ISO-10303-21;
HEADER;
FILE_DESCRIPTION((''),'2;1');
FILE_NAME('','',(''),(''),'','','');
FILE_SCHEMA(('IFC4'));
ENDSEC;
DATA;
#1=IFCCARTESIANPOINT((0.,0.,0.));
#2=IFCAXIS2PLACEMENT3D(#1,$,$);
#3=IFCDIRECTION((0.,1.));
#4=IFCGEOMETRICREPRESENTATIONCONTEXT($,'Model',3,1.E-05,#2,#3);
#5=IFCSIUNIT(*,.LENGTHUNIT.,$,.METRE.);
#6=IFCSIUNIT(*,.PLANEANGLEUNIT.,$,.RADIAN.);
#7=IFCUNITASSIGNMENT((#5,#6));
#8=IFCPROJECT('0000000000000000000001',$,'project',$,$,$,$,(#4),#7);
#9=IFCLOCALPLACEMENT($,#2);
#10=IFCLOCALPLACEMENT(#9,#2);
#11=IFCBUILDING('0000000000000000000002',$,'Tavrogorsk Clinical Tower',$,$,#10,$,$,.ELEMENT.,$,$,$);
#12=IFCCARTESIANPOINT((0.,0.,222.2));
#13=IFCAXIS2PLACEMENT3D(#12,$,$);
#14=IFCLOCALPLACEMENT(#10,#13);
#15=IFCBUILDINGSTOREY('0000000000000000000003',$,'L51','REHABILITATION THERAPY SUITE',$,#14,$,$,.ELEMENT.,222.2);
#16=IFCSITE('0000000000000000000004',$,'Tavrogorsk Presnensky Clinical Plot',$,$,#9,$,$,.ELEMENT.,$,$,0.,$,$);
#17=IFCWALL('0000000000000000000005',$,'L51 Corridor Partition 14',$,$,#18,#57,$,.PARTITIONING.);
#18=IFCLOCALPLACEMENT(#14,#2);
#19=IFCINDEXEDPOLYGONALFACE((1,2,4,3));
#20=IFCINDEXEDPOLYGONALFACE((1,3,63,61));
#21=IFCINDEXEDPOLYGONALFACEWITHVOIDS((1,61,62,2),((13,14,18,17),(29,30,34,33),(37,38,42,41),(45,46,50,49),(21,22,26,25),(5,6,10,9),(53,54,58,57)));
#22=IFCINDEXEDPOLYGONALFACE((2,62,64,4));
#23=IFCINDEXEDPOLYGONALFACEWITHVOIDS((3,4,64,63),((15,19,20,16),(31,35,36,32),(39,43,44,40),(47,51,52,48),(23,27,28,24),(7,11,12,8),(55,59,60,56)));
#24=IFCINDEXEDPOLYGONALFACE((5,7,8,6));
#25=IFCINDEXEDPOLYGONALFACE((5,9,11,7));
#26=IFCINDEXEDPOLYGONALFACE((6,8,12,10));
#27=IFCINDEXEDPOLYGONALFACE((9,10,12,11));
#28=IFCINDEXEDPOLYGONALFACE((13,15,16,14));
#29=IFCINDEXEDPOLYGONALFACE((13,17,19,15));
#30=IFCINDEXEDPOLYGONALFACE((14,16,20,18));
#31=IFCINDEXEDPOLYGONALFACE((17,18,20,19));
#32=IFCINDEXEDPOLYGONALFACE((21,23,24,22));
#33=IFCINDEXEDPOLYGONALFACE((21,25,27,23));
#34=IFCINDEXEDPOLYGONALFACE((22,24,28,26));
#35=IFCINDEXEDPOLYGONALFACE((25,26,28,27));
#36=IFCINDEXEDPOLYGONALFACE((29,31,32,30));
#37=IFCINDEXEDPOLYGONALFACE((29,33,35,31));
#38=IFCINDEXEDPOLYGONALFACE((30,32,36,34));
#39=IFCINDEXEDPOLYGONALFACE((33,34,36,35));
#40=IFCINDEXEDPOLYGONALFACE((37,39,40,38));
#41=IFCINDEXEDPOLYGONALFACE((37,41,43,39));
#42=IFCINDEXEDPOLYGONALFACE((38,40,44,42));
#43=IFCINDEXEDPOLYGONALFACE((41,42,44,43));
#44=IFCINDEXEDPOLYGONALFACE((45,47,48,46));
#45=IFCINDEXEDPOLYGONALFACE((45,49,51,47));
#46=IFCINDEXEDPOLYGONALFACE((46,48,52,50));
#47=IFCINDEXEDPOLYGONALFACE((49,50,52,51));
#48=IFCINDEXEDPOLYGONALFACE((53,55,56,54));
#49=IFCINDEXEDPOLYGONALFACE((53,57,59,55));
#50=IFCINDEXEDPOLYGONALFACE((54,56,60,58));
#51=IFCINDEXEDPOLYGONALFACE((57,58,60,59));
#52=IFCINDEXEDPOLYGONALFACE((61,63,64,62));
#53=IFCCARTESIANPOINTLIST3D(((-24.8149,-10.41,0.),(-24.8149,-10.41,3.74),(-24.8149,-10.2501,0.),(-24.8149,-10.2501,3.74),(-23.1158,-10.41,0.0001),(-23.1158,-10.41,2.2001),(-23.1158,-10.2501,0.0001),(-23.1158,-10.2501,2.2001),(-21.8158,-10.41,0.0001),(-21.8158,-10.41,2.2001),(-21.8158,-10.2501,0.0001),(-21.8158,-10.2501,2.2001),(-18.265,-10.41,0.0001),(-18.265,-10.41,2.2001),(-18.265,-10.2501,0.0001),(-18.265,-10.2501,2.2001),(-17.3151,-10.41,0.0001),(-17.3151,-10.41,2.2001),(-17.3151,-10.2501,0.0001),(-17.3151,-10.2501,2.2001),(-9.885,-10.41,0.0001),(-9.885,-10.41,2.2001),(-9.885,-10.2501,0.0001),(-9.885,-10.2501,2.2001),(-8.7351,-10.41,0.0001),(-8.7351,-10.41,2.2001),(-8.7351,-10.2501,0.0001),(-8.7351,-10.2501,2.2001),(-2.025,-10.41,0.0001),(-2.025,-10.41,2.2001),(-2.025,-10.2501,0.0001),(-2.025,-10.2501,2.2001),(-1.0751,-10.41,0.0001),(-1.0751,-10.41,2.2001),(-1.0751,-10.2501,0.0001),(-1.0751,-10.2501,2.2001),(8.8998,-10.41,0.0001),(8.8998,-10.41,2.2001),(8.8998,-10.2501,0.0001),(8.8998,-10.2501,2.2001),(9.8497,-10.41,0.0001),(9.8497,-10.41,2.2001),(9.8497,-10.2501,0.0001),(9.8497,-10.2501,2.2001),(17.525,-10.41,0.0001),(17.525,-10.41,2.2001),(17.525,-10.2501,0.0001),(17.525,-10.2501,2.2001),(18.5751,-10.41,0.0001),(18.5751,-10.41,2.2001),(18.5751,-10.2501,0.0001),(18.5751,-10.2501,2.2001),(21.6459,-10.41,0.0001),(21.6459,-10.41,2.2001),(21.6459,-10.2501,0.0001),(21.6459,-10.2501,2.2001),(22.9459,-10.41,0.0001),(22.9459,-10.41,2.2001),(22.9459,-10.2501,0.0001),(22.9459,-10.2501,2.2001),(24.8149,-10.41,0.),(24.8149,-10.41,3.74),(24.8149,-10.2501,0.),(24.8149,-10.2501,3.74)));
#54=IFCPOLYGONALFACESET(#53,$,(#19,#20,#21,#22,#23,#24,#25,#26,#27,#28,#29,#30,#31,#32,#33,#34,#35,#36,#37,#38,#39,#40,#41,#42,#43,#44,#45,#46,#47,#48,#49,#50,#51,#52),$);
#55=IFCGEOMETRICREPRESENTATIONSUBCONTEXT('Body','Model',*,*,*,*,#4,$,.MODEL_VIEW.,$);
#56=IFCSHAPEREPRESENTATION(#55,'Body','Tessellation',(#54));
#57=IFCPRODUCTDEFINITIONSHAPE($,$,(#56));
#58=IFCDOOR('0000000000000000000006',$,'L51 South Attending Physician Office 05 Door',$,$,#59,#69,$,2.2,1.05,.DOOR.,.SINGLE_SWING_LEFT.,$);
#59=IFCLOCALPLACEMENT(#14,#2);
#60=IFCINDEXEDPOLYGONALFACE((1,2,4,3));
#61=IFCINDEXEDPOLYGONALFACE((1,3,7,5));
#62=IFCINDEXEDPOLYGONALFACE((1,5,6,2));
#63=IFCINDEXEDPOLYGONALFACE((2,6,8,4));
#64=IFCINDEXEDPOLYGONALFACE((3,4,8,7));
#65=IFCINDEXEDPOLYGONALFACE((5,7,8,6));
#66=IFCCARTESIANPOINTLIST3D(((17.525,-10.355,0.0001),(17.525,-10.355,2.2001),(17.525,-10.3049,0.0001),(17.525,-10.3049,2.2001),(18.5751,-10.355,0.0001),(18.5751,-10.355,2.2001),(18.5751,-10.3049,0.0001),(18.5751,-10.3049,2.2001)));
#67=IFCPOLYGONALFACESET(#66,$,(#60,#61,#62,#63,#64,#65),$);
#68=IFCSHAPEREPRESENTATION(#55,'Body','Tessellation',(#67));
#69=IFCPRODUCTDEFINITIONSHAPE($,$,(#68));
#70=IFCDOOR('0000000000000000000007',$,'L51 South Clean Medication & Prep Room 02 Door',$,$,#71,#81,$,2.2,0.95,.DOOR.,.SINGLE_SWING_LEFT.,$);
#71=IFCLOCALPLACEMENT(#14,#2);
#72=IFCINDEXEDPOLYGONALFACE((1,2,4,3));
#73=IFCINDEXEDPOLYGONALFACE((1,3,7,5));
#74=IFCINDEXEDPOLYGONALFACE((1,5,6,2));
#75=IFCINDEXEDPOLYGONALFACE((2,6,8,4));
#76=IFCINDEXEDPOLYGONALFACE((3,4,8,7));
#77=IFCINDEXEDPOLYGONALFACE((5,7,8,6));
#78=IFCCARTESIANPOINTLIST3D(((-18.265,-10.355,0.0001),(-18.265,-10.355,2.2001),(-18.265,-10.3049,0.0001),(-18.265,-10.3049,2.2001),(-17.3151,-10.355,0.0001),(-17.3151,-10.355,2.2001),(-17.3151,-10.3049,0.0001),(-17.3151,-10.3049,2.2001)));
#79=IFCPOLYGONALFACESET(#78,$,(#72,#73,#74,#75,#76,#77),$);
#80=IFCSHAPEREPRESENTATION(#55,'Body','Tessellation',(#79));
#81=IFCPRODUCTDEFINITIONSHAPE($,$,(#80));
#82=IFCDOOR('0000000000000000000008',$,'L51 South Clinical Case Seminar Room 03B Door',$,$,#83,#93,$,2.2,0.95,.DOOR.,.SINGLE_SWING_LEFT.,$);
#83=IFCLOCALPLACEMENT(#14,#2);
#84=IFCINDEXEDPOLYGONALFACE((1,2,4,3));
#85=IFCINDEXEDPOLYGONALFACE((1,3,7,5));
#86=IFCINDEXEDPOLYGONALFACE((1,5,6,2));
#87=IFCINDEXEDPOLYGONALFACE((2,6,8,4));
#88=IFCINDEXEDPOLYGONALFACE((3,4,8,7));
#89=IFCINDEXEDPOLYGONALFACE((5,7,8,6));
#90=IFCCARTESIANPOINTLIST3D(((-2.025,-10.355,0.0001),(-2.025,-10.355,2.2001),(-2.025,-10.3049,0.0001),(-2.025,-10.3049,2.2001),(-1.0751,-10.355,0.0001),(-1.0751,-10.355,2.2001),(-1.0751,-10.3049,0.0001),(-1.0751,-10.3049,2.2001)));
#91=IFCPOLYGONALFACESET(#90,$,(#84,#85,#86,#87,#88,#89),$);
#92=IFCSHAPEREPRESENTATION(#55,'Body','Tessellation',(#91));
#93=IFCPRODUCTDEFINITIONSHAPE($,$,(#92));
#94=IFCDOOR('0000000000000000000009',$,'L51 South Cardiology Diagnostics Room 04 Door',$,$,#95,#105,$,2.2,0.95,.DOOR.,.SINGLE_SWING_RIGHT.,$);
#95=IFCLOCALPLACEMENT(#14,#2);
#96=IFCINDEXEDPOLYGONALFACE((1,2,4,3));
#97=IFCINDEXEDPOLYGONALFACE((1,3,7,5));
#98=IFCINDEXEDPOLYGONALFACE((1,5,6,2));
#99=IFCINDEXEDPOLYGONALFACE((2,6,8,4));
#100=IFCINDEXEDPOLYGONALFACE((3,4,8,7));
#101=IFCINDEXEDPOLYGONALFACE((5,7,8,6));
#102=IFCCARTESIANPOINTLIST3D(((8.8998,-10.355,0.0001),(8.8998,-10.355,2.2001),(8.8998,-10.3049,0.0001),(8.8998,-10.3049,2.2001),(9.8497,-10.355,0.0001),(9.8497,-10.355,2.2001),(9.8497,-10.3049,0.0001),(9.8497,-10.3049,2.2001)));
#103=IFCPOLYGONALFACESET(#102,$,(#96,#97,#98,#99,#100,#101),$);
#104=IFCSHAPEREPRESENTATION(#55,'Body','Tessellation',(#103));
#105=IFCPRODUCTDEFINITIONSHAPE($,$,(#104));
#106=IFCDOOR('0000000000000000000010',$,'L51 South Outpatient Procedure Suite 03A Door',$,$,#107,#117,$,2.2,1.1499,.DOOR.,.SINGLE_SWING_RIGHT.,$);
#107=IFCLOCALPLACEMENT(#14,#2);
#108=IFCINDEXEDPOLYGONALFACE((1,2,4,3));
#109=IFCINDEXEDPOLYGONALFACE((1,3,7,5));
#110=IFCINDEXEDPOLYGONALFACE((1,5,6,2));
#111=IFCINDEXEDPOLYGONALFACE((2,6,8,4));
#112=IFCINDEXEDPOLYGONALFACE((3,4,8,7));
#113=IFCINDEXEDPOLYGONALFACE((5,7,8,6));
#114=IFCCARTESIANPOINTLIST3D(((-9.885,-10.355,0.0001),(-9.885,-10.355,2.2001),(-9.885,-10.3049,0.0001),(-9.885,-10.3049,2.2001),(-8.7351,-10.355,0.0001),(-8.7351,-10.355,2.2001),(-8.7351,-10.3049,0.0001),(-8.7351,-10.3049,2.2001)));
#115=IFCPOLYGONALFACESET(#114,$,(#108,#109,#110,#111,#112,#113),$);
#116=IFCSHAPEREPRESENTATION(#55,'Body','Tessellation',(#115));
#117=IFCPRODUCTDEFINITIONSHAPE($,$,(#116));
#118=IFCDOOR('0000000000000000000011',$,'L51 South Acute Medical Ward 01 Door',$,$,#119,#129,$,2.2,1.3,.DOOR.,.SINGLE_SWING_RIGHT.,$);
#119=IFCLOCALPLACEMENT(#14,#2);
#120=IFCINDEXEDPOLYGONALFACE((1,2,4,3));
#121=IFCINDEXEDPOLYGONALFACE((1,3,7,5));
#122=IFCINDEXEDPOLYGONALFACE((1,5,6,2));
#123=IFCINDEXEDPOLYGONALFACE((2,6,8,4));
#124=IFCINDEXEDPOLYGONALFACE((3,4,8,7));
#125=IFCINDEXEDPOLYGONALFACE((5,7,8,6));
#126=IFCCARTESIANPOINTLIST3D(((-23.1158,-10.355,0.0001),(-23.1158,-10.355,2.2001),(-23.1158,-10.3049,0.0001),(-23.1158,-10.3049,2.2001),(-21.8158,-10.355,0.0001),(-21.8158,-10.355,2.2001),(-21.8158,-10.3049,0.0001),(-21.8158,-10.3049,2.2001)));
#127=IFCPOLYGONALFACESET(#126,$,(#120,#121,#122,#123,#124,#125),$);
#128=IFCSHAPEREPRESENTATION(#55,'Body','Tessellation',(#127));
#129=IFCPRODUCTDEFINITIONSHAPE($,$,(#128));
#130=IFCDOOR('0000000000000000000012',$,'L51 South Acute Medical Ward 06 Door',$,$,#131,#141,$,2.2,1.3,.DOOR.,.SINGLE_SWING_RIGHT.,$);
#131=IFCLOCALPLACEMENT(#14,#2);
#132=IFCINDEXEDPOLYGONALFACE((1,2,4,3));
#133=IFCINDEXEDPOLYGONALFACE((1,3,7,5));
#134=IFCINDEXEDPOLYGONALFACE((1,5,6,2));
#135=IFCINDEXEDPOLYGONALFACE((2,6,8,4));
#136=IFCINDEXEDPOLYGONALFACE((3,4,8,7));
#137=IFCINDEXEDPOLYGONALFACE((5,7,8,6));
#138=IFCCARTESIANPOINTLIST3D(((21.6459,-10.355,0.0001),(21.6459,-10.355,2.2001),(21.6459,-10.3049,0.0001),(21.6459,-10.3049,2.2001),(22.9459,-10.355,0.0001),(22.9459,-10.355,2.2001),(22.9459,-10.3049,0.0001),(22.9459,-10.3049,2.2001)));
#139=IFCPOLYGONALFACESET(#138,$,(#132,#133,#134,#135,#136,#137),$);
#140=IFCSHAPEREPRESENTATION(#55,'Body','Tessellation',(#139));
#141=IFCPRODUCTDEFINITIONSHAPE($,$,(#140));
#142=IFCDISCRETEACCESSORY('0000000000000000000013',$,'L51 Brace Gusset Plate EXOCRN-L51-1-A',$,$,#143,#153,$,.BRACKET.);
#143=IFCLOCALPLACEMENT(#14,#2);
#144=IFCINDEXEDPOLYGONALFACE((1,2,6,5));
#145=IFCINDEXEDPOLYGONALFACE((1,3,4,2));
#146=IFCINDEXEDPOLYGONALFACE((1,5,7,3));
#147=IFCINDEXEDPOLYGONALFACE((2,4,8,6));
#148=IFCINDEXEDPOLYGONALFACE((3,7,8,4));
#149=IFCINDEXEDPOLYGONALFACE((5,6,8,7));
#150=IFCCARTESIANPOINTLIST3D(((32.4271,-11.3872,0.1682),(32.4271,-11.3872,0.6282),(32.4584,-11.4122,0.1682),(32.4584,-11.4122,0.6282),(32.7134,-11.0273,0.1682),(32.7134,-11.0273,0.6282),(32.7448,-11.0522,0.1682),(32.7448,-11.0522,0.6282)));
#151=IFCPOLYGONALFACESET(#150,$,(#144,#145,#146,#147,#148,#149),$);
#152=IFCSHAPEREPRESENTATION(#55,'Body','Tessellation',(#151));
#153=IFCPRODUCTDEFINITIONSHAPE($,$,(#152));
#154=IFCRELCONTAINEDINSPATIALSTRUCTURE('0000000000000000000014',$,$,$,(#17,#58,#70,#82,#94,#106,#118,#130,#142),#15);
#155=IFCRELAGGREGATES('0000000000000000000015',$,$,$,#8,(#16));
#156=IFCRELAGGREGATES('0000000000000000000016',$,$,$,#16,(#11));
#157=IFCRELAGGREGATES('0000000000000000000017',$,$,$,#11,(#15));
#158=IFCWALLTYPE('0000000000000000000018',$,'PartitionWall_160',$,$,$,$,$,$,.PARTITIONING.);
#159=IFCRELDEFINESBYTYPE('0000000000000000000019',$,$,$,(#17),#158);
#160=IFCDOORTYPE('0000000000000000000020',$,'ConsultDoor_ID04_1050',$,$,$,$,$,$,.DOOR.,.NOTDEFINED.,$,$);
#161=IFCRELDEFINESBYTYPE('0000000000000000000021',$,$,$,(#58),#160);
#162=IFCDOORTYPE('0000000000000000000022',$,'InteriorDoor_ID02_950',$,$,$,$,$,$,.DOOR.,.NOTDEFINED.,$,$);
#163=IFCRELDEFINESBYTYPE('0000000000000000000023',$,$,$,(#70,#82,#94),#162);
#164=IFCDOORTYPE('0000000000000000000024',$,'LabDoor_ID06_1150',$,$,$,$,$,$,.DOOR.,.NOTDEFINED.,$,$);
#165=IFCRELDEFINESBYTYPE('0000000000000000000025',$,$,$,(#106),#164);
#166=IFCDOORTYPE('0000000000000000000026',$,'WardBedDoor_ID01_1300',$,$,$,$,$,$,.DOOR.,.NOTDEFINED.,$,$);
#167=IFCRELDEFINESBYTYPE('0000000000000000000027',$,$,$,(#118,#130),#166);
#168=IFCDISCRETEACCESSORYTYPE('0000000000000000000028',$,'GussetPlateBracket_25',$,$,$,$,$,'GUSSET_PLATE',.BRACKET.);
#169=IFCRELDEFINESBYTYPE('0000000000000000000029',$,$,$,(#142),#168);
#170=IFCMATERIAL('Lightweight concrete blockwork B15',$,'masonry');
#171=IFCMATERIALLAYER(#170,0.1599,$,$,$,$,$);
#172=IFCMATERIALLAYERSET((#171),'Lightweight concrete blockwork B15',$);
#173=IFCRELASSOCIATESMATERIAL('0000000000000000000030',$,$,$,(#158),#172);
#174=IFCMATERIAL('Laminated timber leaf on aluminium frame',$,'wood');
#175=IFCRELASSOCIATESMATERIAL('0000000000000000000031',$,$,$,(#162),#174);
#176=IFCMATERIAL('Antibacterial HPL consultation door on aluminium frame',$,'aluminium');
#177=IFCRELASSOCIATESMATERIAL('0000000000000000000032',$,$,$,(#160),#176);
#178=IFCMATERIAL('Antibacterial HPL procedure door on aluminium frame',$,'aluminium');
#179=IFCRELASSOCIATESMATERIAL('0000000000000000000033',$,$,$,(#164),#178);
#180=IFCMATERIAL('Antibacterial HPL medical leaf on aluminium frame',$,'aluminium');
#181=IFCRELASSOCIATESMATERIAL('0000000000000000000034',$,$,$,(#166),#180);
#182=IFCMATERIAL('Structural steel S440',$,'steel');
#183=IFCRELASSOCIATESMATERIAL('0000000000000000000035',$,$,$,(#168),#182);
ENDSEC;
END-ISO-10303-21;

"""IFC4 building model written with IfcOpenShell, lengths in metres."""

from ifc_helpers import new_model, si_unit, direction, frame, frame_2d, origin, origin_2d, place, context, subcontext, project, spatial, rectangle, extrude, material, layer, layer_set, type_object, element, fill, save


model = new_model("IFC4")

# Units and contexts
model_context = context("Model", 3, precision=1e-05, world=origin(), true_north=direction((0.0, 1.0)))
body_context = subcontext(model_context, "Body", "Model", "MODEL_VIEW")
ifc_project = project(units=[si_unit("LENGTHUNIT", "METRE"), si_unit("PLANEANGLEUNIT", "RADIAN")], contexts=[model_context])

# Site, building, storey
site_placement = place(None, origin())
site = spatial("IfcSite", under=ifc_project, at=site_placement, Name="Tavrogorsk Presnensky Clinical Plot", CompositionType="ELEMENT", RefElevation=0.0)
building_placement = place(site_placement, origin())
building = spatial("IfcBuilding", under=site, at=building_placement, Name="Tavrogorsk Clinical Tower", CompositionType="ELEMENT")
storey_placement = place(building_placement, frame((0.0, 0.0, 222.2)))
storey = spatial("IfcBuildingStorey", under=building, at=storey_placement, Name="L51", Description="REHABILITATION THERAPY SUITE", CompositionType="ELEMENT", Elevation=222.2)

# Shared definitions
ifc_material_1 = material(Name="Lightweight concrete blockwork B15", Category="masonry")
ifc_layer = layer(ifc_material_1, 0.1599)
ifc_layer_set = layer_set([ifc_layer], Name="Lightweight concrete blockwork B15")
wall_type = type_object("IfcWallType", Name="PartitionWall_160", PredefinedType="PARTITIONING", material=ifc_layer_set)
ifc_material_2 = material(Name="Laminated timber leaf on aluminium frame", Category="wood")
door_type_1 = type_object("IfcDoorType", Name="InteriorDoor_ID02_950", OperationType="NOTDEFINED", PredefinedType="DOOR", material=ifc_material_2)

# Wall, openings, doors
wall_1_placement = place(storey_placement, frame((24.8149, -10.3301, 0.0), z_axis=(0.0, 0.0, 1.0), x_axis=(-1.0, 0.0, 0.0)))
wall_1 = element("IfcWall", 1, at=wall_1_placement, inside=storey, type_object=wall_type, Name="L51 Corridor Partition 14", PredefinedType="PARTITIONING", context=body_context, shape_type="SweptSolid", body=[
    extrude(rectangle(XDim=49.6299, YDim=0.1599, at=frame_2d((24.8149, 0.0))), origin(), (0.0, 0.0, 1.0), 3.74),
])
opening_1_placement = place(wall_1_placement, frame((46.6309, 0.0, 0.0)))
opening_1 = element("IfcOpeningElement", 2, at=opening_1_placement, cuts=wall_1, PredefinedType="OPENING", context=body_context, shape_type="SweptSolid", body=[
    extrude(rectangle(XDim=1.3, YDim=2.2, at=frame_2d((0.6499, 1.1001))), frame((0.0, 0.0898, 0.0), z_axis=(0.0, -1.0, 0.0), x_axis=(1.0, 0.0, 0.0)), (0.0, 0.0, 1.0), 0.1799),
])
opening_2_placement = place(wall_1_placement, frame((42.1299, 0.0, 0.0)))
opening_2 = element("IfcOpeningElement", 3, at=opening_2_placement, cuts=wall_1, PredefinedType="OPENING", context=body_context, shape_type="SweptSolid", body=[
    extrude(rectangle(XDim=0.95, YDim=2.2, at=frame_2d((0.4751, 1.1001))), frame((0.0, 0.0898, 0.0), z_axis=(0.0, -1.0, 0.0), x_axis=(1.0, 0.0, 0.0)), (0.0, 0.0, 1.0), 0.1799),
])
opening_3_placement = place(wall_1_placement, frame((33.55, 0.0, 0.0)))
opening_3 = element("IfcOpeningElement", 4, at=opening_3_placement, cuts=wall_1, PredefinedType="OPENING", context=body_context, shape_type="SweptSolid", body=[
    extrude(rectangle(XDim=1.1499, YDim=2.2, at=frame_2d((0.575, 1.1001))), frame((0.0, 0.0898, 0.0), z_axis=(0.0, -1.0, 0.0), x_axis=(1.0, 0.0, 0.0)), (0.0, 0.0, 1.0), 0.1799),
])
opening_4_placement = place(wall_1_placement, frame((25.8899, 0.0, 0.0)))
opening_4 = element("IfcOpeningElement", 5, at=opening_4_placement, cuts=wall_1, PredefinedType="OPENING", context=body_context, shape_type="SweptSolid", body=[
    extrude(rectangle(XDim=0.95, YDim=2.2, at=frame_2d((0.4751, 1.1001))), frame((0.0, 0.0898, 0.0), z_axis=(0.0, -1.0, 0.0), x_axis=(1.0, 0.0, 0.0)), (0.0, 0.0, 1.0), 0.1799),
])
opening_5_placement = place(wall_1_placement, frame((14.9651, 0.0, 0.0)))
opening_5 = element("IfcOpeningElement", 6, at=opening_5_placement, cuts=wall_1, PredefinedType="OPENING", context=body_context, shape_type="SweptSolid", body=[
    extrude(rectangle(XDim=0.95, YDim=2.2, at=frame_2d((0.4751, 1.1001))), frame((0.0, 0.0898, 0.0), z_axis=(0.0, -1.0, 0.0), x_axis=(1.0, 0.0, 0.0)), (0.0, 0.0, 1.0), 0.1799),
])
opening_6_placement = place(wall_1_placement, frame((6.24, 0.0, 0.0)))
opening_6 = element("IfcOpeningElement", 7, at=opening_6_placement, cuts=wall_1, PredefinedType="OPENING", context=body_context, shape_type="SweptSolid", body=[
    extrude(rectangle(XDim=1.05, YDim=2.2, at=frame_2d((0.5249, 1.1001))), frame((0.0, 0.0898, 0.0), z_axis=(0.0, -1.0, 0.0), x_axis=(1.0, 0.0, 0.0)), (0.0, 0.0, 1.0), 0.1799),
])
opening_7_placement = place(wall_1_placement, frame((1.8691, 0.0, 0.0)))
opening_7 = element("IfcOpeningElement", 8, at=opening_7_placement, cuts=wall_1, PredefinedType="OPENING", context=body_context, shape_type="SweptSolid", body=[
    extrude(rectangle(XDim=1.3, YDim=2.2, at=frame_2d((0.6499, 1.1001))), frame((0.0, 0.0898, 0.0), z_axis=(0.0, -1.0, 0.0), x_axis=(1.0, 0.0, 0.0)), (0.0, 0.0, 1.0), 0.1799),
])
ifc_material_3 = material(Name="Antibacterial HPL consultation door on aluminium frame", Category="aluminium")
door_type_2 = type_object("IfcDoorType", Name="ConsultDoor_ID04_1050", OperationType="NOTDEFINED", PredefinedType="DOOR", material=ifc_material_3)
door_1_placement = place(opening_6_placement, origin())
door_1 = element("IfcDoor", 9, at=door_1_placement, inside=storey, type_object=door_type_2, Name="L51 South Attending Physician Office 05 Door", OperationType="SINGLE_SWING_LEFT", OverallHeight=2.2, OverallWidth=1.05, PredefinedType="DOOR", context=body_context, shape_type="SweptSolid", body=[
    extrude(rectangle(XDim=1.05, YDim=2.2, at=frame_2d((0.5249, 1.1001))), frame((0.0, 0.0249, 0.0), z_axis=(0.0, -1.0, 0.0), x_axis=(1.0, 0.0, 0.0)), (0.0, 0.0, 1.0), 0.05),
])
fill(opening_6, door_1)
door_2_placement = place(opening_2_placement, origin())
door_2 = element("IfcDoor", 10, at=door_2_placement, inside=storey, type_object=door_type_1, Name="L51 South Clean Medication & Prep Room 02 Door", OperationType="SINGLE_SWING_LEFT", OverallHeight=2.2, OverallWidth=0.95, PredefinedType="DOOR", context=body_context, shape_type="SweptSolid", body=[
    extrude(rectangle(XDim=0.95, YDim=2.2, at=frame_2d((0.4751, 1.1001))), frame((0.0, 0.0249, 0.0), z_axis=(0.0, -1.0, 0.0), x_axis=(1.0, 0.0, 0.0)), (0.0, 0.0, 1.0), 0.05),
])
fill(opening_2, door_2)
door_3_placement = place(opening_4_placement, origin())
door_3 = element("IfcDoor", 11, at=door_3_placement, inside=storey, type_object=door_type_1, Name="L51 South Clinical Case Seminar Room 03B Door", OperationType="SINGLE_SWING_LEFT", OverallHeight=2.2, OverallWidth=0.95, PredefinedType="DOOR", context=body_context, shape_type="SweptSolid", body=[
    extrude(rectangle(XDim=0.95, YDim=2.2, at=frame_2d((0.4751, 1.1001))), frame((0.0, 0.0249, 0.0), z_axis=(0.0, -1.0, 0.0), x_axis=(1.0, 0.0, 0.0)), (0.0, 0.0, 1.0), 0.05),
])
fill(opening_4, door_3)
door_4_placement = place(opening_5_placement, origin())
door_4 = element("IfcDoor", 12, at=door_4_placement, inside=storey, type_object=door_type_1, Name="L51 South Cardiology Diagnostics Room 04 Door", OperationType="SINGLE_SWING_RIGHT", OverallHeight=2.2, OverallWidth=0.95, PredefinedType="DOOR", context=body_context, shape_type="SweptSolid", body=[
    extrude(rectangle(XDim=0.95, YDim=2.2, at=frame_2d((0.4751, 1.1001))), frame((0.0, 0.0249, 0.0), z_axis=(0.0, -1.0, 0.0), x_axis=(1.0, 0.0, 0.0)), (0.0, 0.0, 1.0), 0.05),
])
fill(opening_5, door_4)
ifc_material_4 = material(Name="Antibacterial HPL procedure door on aluminium frame", Category="aluminium")
door_type_3 = type_object("IfcDoorType", Name="LabDoor_ID06_1150", OperationType="NOTDEFINED", PredefinedType="DOOR", material=ifc_material_4)
door_5_placement = place(opening_3_placement, origin())
door_5 = element("IfcDoor", 13, at=door_5_placement, inside=storey, type_object=door_type_3, Name="L51 South Outpatient Procedure Suite 03A Door", OperationType="SINGLE_SWING_RIGHT", OverallHeight=2.2, OverallWidth=1.1499, PredefinedType="DOOR", context=body_context, shape_type="SweptSolid", body=[
    extrude(rectangle(XDim=1.1499, YDim=2.2, at=frame_2d((0.575, 1.1001))), frame((0.0, 0.0249, 0.0), z_axis=(0.0, -1.0, 0.0), x_axis=(1.0, 0.0, 0.0)), (0.0, 0.0, 1.0), 0.05),
])
fill(opening_3, door_5)
ifc_material_5 = material(Name="Antibacterial HPL medical leaf on aluminium frame", Category="aluminium")
door_type_4 = type_object("IfcDoorType", Name="WardBedDoor_ID01_1300", OperationType="NOTDEFINED", PredefinedType="DOOR", material=ifc_material_5)
door_6_placement = place(opening_1_placement, origin())
door_6 = element("IfcDoor", 14, at=door_6_placement, inside=storey, type_object=door_type_4, Name="L51 South Acute Medical Ward 01 Door", OperationType="SINGLE_SWING_RIGHT", OverallHeight=2.2, OverallWidth=1.3, PredefinedType="DOOR", context=body_context, shape_type="SweptSolid", body=[
    extrude(rectangle(XDim=1.3, YDim=2.2, at=frame_2d((0.6499, 1.1001))), frame((0.0, 0.0249, 0.0), z_axis=(0.0, -1.0, 0.0), x_axis=(1.0, 0.0, 0.0)), (0.0, 0.0, 1.0), 0.05),
])
fill(opening_1, door_6)
door_7_placement = place(opening_7_placement, origin())
door_7 = element("IfcDoor", 15, at=door_7_placement, inside=storey, type_object=door_type_4, Name="L51 South Acute Medical Ward 06 Door", OperationType="SINGLE_SWING_RIGHT", OverallHeight=2.2, OverallWidth=1.3, PredefinedType="DOOR", context=body_context, shape_type="SweptSolid", body=[
    extrude(rectangle(XDim=1.3, YDim=2.2, at=frame_2d((0.6499, 1.1001))), frame((0.0, 0.0249, 0.0), z_axis=(0.0, -1.0, 0.0), x_axis=(1.0, 0.0, 0.0)), (0.0, 0.0, 1.0), 0.05),
])
fill(opening_7, door_7)

# Discrete accessory
ifc_material_6 = material(Name="Structural steel S440", Category="steel")
discrete_accessory_type = type_object("IfcDiscreteAccessoryType", Name="GussetPlateBracket_25", ElementType="GUSSET_PLATE", PredefinedType="BRACKET", material=ifc_material_6)
discrete_accessory_placement = place(storey_placement, frame((32.5859, -11.2197, 0.1682), z_axis=(0.0, 0.0, 1.0), x_axis=(-0.622515, -0.782608, 0.0)))
element("IfcDiscreteAccessory", 16, at=discrete_accessory_placement, inside=storey, type_object=discrete_accessory_type, Name="L51 Brace Gusset Plate EXOCRN-L51-1-A", PredefinedType="BRACKET", context=body_context, shape_type="SweptSolid", body=[
    extrude(rectangle(XDim=0.46, YDim=0.04, at=origin_2d()), origin(), (0.0, 0.0, 1.0), 0.46),
])

save(model, "model.ifc")
